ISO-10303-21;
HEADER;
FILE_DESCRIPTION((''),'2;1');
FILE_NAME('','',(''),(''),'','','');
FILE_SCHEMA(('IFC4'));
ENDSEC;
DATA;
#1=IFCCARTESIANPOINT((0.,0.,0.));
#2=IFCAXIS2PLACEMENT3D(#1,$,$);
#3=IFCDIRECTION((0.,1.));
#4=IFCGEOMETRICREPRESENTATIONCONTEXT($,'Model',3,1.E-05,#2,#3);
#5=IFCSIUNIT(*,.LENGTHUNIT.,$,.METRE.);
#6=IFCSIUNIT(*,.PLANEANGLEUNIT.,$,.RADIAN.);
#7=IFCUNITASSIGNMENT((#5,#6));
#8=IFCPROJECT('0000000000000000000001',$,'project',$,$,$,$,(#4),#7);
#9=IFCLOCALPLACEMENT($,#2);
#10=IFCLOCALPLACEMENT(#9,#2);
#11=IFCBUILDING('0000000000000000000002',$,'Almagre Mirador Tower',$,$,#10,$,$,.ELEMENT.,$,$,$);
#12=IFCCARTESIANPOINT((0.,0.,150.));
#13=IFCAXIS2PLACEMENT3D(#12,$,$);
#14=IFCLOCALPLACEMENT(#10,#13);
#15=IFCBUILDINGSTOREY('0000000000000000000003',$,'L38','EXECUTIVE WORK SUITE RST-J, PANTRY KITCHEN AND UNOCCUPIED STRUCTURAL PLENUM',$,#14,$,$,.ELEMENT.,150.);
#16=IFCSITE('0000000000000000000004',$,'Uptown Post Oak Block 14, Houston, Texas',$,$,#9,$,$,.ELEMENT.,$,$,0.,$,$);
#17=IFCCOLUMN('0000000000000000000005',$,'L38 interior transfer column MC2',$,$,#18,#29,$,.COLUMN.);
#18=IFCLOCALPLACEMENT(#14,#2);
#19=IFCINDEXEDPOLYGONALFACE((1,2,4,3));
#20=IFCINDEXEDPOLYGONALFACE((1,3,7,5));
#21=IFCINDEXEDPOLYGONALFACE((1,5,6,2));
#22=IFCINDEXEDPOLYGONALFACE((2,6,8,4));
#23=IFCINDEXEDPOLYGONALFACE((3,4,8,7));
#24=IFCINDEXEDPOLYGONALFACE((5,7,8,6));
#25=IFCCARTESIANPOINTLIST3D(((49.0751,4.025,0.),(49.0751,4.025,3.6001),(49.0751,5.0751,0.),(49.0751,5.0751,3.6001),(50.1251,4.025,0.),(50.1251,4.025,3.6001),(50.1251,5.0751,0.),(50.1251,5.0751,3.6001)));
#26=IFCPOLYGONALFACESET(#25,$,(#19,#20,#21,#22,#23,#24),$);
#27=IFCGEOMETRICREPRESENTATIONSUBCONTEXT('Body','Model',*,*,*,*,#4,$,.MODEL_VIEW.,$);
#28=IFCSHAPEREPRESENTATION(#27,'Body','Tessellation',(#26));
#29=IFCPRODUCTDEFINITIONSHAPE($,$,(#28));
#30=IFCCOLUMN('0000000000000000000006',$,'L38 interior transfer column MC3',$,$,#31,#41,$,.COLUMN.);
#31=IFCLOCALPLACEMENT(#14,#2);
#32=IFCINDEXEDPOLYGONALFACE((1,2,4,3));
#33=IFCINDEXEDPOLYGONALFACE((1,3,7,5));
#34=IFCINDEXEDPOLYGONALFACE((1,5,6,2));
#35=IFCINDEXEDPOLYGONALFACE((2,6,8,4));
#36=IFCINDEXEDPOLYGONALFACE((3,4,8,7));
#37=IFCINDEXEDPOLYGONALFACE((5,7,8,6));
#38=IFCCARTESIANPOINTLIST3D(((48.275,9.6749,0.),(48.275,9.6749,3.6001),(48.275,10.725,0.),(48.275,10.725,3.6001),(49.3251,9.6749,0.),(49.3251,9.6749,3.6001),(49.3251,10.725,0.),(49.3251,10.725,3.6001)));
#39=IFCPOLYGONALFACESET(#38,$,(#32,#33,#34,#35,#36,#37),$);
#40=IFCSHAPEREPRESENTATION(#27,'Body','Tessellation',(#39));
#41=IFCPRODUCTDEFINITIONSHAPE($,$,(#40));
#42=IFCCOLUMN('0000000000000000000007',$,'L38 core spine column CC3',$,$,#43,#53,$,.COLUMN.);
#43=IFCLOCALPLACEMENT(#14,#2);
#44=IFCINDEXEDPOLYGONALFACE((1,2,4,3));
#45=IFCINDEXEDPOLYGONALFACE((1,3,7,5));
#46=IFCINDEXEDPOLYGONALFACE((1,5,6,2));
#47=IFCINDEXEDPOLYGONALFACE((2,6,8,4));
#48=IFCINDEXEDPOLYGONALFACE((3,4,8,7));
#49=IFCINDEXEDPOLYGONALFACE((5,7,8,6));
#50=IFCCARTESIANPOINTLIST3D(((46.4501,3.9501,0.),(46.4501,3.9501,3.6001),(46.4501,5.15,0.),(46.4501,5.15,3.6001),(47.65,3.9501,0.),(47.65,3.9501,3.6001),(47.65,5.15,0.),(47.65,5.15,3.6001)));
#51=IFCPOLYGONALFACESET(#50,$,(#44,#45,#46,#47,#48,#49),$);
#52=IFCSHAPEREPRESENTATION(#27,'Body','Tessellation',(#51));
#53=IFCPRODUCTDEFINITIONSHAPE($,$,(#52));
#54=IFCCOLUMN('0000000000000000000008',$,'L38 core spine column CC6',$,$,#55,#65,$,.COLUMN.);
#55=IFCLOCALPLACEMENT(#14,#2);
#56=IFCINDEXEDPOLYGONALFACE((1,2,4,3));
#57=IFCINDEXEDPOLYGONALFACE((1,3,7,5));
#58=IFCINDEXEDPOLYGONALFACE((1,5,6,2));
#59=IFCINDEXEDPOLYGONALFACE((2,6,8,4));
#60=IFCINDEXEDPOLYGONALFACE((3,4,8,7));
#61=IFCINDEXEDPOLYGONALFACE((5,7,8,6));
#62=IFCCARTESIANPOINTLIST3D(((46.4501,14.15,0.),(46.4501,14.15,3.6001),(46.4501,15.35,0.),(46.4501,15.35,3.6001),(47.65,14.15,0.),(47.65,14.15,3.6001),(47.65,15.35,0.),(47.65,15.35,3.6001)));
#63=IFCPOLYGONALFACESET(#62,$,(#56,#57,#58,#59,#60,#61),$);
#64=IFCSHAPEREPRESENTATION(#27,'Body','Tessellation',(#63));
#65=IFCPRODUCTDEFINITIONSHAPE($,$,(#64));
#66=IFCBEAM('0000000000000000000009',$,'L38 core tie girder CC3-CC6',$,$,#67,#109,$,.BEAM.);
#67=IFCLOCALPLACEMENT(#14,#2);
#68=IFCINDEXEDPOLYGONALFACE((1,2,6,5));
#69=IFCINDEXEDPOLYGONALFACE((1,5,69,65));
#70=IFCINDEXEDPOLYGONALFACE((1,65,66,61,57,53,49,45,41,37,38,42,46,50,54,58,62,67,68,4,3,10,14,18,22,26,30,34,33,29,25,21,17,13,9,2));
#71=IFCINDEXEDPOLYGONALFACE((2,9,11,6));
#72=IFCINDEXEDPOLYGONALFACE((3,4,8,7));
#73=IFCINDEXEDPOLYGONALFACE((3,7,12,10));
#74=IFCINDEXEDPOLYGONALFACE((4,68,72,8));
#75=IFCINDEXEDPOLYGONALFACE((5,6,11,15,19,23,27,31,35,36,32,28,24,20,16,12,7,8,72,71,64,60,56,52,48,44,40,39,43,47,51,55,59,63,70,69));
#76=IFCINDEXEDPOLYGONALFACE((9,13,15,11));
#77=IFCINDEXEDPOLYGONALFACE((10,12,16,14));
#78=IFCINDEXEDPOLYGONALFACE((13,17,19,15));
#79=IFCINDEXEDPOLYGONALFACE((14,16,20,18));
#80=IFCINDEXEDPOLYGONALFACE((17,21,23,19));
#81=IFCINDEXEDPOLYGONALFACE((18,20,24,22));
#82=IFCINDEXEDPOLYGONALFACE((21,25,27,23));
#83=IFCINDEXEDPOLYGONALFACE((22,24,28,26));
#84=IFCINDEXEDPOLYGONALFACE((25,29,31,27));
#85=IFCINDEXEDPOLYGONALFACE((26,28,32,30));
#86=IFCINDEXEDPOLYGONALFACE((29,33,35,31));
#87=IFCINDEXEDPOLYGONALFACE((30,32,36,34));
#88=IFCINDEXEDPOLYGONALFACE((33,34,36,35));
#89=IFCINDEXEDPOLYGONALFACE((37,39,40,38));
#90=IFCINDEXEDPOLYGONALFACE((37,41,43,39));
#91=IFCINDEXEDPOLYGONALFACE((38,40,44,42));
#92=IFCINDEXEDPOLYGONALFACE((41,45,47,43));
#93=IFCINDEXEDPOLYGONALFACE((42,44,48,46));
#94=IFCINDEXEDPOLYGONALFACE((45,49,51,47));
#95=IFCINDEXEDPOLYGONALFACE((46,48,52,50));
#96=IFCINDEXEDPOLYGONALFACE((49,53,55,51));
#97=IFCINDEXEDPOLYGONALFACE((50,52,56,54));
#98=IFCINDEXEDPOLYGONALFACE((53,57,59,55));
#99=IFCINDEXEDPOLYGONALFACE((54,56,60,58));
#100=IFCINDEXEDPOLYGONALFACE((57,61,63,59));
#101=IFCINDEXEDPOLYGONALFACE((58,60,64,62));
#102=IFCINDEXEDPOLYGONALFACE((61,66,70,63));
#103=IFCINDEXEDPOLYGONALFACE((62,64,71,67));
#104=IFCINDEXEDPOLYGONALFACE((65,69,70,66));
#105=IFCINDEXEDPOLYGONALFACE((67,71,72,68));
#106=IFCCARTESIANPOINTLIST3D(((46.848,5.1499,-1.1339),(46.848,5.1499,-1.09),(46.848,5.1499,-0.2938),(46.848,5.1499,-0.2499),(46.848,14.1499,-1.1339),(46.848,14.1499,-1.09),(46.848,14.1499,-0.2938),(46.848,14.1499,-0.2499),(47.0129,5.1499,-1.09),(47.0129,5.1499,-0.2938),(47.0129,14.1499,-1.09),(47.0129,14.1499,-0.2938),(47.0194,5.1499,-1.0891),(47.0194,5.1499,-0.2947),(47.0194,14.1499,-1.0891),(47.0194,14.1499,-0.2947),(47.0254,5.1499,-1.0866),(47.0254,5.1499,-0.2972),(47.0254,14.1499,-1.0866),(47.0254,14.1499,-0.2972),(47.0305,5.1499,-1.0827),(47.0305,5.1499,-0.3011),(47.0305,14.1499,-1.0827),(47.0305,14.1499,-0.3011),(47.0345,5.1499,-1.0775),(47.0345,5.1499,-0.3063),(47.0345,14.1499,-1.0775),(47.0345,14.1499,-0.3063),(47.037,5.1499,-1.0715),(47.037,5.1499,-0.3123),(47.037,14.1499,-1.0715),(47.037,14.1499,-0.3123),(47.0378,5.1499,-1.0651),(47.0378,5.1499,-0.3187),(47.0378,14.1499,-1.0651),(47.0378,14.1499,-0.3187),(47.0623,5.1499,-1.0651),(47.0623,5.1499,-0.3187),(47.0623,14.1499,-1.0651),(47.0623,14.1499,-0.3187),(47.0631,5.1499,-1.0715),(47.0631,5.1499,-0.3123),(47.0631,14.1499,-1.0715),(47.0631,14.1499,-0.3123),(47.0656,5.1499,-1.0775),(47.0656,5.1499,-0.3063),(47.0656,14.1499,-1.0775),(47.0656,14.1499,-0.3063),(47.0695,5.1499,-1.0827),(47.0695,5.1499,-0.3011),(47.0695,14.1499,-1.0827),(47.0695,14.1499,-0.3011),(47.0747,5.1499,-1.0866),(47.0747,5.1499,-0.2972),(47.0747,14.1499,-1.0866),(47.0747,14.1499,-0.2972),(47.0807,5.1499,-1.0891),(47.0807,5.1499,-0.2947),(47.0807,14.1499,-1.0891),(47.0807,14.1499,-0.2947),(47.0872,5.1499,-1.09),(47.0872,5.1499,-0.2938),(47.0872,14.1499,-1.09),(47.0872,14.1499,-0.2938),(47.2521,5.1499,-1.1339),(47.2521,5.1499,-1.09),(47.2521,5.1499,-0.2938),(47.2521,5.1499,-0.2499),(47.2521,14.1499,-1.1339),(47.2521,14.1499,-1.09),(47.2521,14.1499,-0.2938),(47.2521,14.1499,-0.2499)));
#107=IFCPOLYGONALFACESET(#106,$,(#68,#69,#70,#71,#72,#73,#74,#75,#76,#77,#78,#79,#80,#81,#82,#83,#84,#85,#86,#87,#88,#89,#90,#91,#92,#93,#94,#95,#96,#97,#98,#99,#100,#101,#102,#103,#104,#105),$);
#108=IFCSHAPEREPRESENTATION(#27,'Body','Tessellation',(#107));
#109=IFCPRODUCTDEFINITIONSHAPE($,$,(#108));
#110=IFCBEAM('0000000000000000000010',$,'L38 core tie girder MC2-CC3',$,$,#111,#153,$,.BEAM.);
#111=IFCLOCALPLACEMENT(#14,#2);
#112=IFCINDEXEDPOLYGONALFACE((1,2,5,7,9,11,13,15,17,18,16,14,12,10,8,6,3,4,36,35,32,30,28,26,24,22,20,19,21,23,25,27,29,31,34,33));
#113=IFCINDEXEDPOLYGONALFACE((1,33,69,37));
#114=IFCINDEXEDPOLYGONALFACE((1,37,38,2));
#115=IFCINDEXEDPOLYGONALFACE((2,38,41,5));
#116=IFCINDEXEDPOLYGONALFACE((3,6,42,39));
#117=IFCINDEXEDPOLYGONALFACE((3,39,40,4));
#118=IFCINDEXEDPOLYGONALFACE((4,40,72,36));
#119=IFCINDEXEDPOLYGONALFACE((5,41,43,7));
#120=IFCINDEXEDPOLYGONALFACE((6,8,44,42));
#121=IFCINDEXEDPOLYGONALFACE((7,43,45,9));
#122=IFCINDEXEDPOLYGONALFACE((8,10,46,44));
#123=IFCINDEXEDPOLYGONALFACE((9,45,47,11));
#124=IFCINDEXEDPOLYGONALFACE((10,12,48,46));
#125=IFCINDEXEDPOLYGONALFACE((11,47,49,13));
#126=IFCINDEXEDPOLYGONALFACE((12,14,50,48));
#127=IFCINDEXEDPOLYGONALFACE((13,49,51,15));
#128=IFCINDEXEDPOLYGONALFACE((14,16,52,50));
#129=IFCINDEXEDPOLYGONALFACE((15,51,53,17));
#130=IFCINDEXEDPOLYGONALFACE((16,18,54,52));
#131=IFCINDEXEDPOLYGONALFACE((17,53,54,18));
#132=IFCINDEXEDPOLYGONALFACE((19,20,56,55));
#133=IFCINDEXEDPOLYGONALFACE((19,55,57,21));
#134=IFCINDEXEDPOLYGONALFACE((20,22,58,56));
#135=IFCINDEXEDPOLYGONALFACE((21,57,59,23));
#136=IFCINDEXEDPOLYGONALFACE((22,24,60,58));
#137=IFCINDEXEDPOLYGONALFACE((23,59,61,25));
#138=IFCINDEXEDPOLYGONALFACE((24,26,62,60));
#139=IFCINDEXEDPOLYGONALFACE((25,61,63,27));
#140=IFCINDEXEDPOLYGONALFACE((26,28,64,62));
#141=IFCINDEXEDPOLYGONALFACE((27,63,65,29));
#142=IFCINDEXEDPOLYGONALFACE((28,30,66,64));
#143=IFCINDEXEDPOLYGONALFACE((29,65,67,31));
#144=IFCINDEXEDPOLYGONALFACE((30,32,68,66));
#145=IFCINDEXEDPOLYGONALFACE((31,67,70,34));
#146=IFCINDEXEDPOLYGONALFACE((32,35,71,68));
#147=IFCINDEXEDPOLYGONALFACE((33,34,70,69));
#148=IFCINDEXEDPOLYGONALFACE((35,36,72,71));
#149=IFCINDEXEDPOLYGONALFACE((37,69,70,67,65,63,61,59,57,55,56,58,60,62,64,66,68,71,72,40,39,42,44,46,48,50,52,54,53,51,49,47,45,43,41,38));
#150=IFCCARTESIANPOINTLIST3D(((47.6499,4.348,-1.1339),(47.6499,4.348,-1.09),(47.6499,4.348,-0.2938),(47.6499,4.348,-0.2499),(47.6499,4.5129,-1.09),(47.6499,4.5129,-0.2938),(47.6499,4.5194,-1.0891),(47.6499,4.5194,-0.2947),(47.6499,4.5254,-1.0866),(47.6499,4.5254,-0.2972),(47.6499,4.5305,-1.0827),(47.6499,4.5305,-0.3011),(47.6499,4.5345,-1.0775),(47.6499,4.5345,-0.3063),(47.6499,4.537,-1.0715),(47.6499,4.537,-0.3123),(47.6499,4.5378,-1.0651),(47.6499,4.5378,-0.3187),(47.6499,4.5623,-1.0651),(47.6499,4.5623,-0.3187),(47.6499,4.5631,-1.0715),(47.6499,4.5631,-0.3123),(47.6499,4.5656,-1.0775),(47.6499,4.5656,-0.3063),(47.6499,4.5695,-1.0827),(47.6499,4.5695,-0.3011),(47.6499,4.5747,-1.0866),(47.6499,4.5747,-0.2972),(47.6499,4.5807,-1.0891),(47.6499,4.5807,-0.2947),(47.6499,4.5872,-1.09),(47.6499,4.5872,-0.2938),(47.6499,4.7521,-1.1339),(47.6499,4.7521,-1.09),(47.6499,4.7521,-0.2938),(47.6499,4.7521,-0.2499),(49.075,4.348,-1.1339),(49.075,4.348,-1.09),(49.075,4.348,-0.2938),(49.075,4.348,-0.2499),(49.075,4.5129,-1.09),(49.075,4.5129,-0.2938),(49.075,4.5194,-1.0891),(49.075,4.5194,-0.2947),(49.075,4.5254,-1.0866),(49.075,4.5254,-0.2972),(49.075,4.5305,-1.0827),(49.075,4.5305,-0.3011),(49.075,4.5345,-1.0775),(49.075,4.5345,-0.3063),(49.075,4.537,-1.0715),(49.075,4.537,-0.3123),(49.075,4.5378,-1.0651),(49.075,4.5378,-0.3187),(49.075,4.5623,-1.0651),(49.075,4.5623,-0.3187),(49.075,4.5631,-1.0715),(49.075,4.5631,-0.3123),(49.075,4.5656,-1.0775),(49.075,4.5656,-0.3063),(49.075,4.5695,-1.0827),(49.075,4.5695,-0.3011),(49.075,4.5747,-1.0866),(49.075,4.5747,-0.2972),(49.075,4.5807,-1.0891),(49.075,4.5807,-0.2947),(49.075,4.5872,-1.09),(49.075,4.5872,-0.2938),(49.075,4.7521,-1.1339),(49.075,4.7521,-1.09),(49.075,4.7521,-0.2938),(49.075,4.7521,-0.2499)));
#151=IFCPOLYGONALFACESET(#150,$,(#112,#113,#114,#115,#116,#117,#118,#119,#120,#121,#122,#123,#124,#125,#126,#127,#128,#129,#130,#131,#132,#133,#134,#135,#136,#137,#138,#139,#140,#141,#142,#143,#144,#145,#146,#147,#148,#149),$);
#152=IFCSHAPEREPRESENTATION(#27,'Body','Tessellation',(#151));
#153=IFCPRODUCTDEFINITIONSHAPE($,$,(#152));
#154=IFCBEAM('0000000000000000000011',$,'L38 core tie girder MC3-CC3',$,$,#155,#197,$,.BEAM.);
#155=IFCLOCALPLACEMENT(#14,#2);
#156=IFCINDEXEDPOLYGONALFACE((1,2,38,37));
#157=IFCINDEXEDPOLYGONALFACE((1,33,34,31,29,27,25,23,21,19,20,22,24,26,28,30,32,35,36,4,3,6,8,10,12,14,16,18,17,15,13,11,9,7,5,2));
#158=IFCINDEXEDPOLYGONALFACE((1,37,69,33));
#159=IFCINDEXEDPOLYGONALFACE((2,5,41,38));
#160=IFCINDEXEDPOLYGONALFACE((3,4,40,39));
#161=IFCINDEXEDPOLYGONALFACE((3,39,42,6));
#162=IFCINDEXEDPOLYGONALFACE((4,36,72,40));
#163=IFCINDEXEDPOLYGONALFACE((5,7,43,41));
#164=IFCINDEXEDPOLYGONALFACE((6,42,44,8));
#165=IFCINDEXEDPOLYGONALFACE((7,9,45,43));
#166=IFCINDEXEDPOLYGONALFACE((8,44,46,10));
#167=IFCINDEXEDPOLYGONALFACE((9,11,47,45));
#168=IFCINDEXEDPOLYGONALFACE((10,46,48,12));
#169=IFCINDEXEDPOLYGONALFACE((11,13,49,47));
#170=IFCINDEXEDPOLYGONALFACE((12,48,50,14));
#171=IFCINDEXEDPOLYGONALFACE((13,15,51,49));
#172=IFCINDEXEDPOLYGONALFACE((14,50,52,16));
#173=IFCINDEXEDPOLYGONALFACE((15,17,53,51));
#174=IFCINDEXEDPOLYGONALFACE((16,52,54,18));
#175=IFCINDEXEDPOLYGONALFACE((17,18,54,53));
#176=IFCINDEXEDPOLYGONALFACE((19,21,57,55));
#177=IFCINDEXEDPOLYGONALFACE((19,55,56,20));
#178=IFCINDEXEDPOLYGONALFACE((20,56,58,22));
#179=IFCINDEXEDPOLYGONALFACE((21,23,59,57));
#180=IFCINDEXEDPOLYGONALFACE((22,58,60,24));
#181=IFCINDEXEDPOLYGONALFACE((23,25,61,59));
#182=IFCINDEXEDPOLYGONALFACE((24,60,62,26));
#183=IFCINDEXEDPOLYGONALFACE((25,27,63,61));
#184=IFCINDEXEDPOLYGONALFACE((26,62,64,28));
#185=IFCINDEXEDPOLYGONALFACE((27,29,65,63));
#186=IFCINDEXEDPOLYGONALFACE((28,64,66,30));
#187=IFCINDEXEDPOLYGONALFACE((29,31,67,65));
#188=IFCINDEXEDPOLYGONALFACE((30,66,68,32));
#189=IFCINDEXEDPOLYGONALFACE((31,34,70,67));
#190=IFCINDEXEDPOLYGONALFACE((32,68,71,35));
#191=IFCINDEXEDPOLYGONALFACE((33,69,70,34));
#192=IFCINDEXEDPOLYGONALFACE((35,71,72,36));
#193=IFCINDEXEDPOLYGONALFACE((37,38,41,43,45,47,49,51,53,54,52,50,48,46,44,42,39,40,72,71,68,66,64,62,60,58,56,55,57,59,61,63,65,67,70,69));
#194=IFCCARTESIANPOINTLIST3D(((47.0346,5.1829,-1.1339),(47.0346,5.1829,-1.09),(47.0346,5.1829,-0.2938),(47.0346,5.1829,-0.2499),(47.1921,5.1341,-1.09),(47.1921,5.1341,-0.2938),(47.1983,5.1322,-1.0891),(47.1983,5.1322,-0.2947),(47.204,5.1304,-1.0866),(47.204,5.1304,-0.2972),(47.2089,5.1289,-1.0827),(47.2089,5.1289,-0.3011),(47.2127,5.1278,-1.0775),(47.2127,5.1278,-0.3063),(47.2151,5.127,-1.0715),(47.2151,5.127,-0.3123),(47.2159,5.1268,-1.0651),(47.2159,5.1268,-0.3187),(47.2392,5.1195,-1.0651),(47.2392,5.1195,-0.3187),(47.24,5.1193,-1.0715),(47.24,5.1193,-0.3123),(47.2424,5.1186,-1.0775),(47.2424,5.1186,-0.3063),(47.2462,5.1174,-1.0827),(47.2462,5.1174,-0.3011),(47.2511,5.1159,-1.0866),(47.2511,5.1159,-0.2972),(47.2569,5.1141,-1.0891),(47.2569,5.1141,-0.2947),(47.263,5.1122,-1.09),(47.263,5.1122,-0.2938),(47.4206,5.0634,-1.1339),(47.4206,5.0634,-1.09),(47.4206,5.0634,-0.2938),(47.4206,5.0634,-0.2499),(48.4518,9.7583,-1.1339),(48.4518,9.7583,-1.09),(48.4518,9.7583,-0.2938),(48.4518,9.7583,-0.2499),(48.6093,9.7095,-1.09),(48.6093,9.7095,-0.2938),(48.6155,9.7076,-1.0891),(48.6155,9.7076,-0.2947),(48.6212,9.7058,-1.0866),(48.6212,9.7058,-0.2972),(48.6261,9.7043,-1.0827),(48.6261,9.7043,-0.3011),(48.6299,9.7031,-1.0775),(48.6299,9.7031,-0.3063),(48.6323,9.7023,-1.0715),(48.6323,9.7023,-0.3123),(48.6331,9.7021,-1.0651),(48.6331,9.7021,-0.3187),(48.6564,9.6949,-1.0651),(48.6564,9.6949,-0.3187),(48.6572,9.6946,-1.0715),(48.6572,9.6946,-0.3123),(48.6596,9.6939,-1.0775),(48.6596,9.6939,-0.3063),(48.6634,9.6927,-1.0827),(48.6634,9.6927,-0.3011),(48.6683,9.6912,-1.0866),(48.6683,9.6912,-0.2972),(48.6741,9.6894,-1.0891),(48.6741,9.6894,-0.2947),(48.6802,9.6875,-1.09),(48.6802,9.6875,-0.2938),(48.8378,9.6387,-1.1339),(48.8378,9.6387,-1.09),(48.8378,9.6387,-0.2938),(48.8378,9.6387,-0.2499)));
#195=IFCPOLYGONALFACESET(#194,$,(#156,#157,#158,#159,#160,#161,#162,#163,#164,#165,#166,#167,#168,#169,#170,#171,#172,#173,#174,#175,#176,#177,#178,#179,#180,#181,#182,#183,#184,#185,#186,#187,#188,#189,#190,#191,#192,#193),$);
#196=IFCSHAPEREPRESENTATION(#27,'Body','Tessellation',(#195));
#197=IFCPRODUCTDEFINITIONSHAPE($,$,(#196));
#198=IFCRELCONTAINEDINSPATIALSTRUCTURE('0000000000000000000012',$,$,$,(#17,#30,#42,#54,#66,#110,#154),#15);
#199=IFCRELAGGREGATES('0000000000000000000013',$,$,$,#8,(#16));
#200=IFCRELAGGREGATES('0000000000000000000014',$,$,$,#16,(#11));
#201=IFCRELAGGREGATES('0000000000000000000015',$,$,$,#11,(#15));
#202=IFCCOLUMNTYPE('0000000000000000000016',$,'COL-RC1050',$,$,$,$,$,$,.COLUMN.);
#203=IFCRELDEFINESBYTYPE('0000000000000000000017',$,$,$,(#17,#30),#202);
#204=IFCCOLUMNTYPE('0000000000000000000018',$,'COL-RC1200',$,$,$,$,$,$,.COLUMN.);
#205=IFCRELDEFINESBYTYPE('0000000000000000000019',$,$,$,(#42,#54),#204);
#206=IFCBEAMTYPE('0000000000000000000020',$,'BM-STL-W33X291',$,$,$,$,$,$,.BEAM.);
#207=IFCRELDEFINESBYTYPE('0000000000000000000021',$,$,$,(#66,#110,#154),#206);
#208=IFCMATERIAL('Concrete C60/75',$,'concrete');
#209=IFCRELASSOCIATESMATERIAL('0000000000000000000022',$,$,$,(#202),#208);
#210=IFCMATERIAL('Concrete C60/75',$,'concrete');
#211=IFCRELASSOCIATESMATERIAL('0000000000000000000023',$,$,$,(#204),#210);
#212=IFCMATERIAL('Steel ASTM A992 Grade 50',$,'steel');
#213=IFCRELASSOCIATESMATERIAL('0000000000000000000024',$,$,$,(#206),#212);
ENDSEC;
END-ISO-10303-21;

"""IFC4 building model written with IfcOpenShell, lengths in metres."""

from ifc_helpers import new_model, si_unit, direction, frame, origin, origin_2d, place, context, subcontext, project, spatial, rectangle, i_section, extrude, material, material_profile, profile_set, type_object, element, save


model = new_model("IFC4")

# Units and contexts
model_context = context("Model", 3, precision=1e-05, world=origin(), true_north=direction((0.0, 1.0)))
body_context = subcontext(model_context, "Body", "Model", "MODEL_VIEW")
ifc_project = project(units=[si_unit("LENGTHUNIT", "METRE"), si_unit("PLANEANGLEUNIT", "RADIAN")], contexts=[model_context])

# Site, building, storey
site_placement = place(None, origin())
site = spatial("IfcSite", under=ifc_project, at=site_placement, Name="Uptown Post Oak Block 14, Houston, Texas", CompositionType="ELEMENT", RefElevation=0.0)
building_placement = place(site_placement, origin())
building = spatial("IfcBuilding", under=site, at=building_placement, Name="Almagre Mirador Tower", CompositionType="ELEMENT")
storey_placement = place(building_placement, frame((0.0, 0.0, 150.0)))
storey = spatial("IfcBuildingStorey", under=building, at=storey_placement, Name="L38", Description="EXECUTIVE WORK SUITE RST-J, PANTRY KITCHEN AND UNOCCUPIED STRUCTURAL PLENUM", CompositionType="ELEMENT", Elevation=150.0)

# Columns
ifc_material_1 = material(Name="Concrete C60/75", Category="concrete")
ifc_material_profile_1 = material_profile(ifc_material_1, rectangle(XDim=1.05, YDim=1.05, at=origin_2d()), Name="RC1050X1050")
ifc_profile_set_1 = profile_set([ifc_material_profile_1], Name="Concrete C60/75")
column_type_1 = type_object("IfcColumnType", Name="COL-RC1050", PredefinedType="COLUMN", material=ifc_profile_set_1)
for number, where, z_axis, x_axis, name in (
    (1, (49.6001, 4.55, 0.0), (0.0, 0.0, 1.0), (1.0, 0.0, 0.0), "L38 interior transfer column MC2"),
    (2, (48.8, 10.2, 0.0), (0.0, 0.0, 1.0), (1.0, 0.0, 0.0), "L38 interior transfer column MC3"),
):
    element("IfcColumn", number, at=place(storey_placement, frame(where, z_axis=z_axis, x_axis=x_axis)), inside=storey, type_object=column_type_1, Name=name, PredefinedType="COLUMN", context=body_context, shape_type="SweptSolid", body=[
        extrude(rectangle(XDim=1.05, YDim=1.05, at=origin_2d()), origin(), (0.0, 0.0, 1.0), 3.6001),
    ])
ifc_material_2 = material(Name="Concrete C60/75", Category="concrete")
ifc_material_profile_2 = material_profile(ifc_material_2, rectangle(XDim=1.2, YDim=1.2, at=origin_2d()), Name="RC1200X1200")
ifc_profile_set_2 = profile_set([ifc_material_profile_2], Name="Concrete C60/75")
column_type_2 = type_object("IfcColumnType", Name="COL-RC1200", PredefinedType="COLUMN", material=ifc_profile_set_2)
for number, where, z_axis, x_axis, name in (
    (3, (47.05, 4.55, 0.0), (0.0, 0.0, 1.0), (1.0, 0.0, 0.0), "L38 core spine column CC3"),
    (4, (47.05, 14.75, 0.0), (0.0, 0.0, 1.0), (1.0, 0.0, 0.0), "L38 core spine column CC6"),
):
    element("IfcColumn", number, at=place(storey_placement, frame(where, z_axis=z_axis, x_axis=x_axis)), inside=storey, type_object=column_type_2, Name=name, PredefinedType="COLUMN", context=body_context, shape_type="SweptSolid", body=[
        extrude(rectangle(XDim=1.2, YDim=1.2, at=origin_2d()), origin(), (0.0, 0.0, 1.0), 3.6001),
    ])

# Beams
ifc_material_3 = material(Name="Steel ASTM A992 Grade 50", Category="steel")
ifc_material_profile_3 = material_profile(ifc_material_3, i_section(OverallWidth=0.4041, OverallDepth=0.884, WebThickness=0.0244, FlangeThickness=0.0439, FilletRadius=0.0249, at=origin_2d()), Name="W33X291")
ifc_profile_set_3 = profile_set([ifc_material_profile_3], Name="Steel ASTM A992 Grade 50")
beam_type = type_object("IfcBeamType", Name="BM-STL-W33X291", PredefinedType="BEAM", material=ifc_profile_set_3)
beam_1_placement = place(storey_placement, frame((47.05, 5.1499, -0.6919), z_axis=(0.0, 1.0, 0.0), x_axis=(-1.0, 0.0, 0.0)))
element("IfcBeam", 5, at=beam_1_placement, inside=storey, type_object=beam_type, Name="L38 core tie girder CC3-CC6", PredefinedType="BEAM", context=body_context, shape_type="SweptSolid", body=[
    extrude(i_section(OverallWidth=0.4041, OverallDepth=0.884, WebThickness=0.0244, FlangeThickness=0.0439, FilletRadius=0.0249, at=origin_2d()), origin(), (0.0, 0.0, 1.0), 9.0),
])
beam_2_placement = place(storey_placement, frame((49.075, 4.55, -0.6919), z_axis=(-1.0, 0.0, 0.0), x_axis=(0.0, -1.0, 0.0)))
element("IfcBeam", 6, at=beam_2_placement, inside=storey, type_object=beam_type, Name="L38 core tie girder MC2-CC3", PredefinedType="BEAM", context=body_context, shape_type="SweptSolid", body=[
    extrude(i_section(OverallWidth=0.4041, OverallDepth=0.884, WebThickness=0.0244, FlangeThickness=0.0439, FilletRadius=0.0249, at=origin_2d()), origin(), (0.0, 0.0, 1.0), 1.425),
])
beam_3_placement = place(storey_placement, frame((48.6448, 9.6985, -0.6919), z_axis=(-0.29588, -0.955225, 0.0), x_axis=(0.955225, -0.29588, 0.0)))
element("IfcBeam", 7, at=beam_3_placement, inside=storey, type_object=beam_type, Name="L38 core tie girder MC3-CC3", PredefinedType="BEAM", context=body_context, shape_type="SweptSolid", body=[
    extrude(i_section(OverallWidth=0.4041, OverallDepth=0.884, WebThickness=0.0244, FlangeThickness=0.0439, FilletRadius=0.0249, at=origin_2d()), origin(), (0.0, 0.0, 1.0), 4.7898),
])

save(model, "model.ifc")
